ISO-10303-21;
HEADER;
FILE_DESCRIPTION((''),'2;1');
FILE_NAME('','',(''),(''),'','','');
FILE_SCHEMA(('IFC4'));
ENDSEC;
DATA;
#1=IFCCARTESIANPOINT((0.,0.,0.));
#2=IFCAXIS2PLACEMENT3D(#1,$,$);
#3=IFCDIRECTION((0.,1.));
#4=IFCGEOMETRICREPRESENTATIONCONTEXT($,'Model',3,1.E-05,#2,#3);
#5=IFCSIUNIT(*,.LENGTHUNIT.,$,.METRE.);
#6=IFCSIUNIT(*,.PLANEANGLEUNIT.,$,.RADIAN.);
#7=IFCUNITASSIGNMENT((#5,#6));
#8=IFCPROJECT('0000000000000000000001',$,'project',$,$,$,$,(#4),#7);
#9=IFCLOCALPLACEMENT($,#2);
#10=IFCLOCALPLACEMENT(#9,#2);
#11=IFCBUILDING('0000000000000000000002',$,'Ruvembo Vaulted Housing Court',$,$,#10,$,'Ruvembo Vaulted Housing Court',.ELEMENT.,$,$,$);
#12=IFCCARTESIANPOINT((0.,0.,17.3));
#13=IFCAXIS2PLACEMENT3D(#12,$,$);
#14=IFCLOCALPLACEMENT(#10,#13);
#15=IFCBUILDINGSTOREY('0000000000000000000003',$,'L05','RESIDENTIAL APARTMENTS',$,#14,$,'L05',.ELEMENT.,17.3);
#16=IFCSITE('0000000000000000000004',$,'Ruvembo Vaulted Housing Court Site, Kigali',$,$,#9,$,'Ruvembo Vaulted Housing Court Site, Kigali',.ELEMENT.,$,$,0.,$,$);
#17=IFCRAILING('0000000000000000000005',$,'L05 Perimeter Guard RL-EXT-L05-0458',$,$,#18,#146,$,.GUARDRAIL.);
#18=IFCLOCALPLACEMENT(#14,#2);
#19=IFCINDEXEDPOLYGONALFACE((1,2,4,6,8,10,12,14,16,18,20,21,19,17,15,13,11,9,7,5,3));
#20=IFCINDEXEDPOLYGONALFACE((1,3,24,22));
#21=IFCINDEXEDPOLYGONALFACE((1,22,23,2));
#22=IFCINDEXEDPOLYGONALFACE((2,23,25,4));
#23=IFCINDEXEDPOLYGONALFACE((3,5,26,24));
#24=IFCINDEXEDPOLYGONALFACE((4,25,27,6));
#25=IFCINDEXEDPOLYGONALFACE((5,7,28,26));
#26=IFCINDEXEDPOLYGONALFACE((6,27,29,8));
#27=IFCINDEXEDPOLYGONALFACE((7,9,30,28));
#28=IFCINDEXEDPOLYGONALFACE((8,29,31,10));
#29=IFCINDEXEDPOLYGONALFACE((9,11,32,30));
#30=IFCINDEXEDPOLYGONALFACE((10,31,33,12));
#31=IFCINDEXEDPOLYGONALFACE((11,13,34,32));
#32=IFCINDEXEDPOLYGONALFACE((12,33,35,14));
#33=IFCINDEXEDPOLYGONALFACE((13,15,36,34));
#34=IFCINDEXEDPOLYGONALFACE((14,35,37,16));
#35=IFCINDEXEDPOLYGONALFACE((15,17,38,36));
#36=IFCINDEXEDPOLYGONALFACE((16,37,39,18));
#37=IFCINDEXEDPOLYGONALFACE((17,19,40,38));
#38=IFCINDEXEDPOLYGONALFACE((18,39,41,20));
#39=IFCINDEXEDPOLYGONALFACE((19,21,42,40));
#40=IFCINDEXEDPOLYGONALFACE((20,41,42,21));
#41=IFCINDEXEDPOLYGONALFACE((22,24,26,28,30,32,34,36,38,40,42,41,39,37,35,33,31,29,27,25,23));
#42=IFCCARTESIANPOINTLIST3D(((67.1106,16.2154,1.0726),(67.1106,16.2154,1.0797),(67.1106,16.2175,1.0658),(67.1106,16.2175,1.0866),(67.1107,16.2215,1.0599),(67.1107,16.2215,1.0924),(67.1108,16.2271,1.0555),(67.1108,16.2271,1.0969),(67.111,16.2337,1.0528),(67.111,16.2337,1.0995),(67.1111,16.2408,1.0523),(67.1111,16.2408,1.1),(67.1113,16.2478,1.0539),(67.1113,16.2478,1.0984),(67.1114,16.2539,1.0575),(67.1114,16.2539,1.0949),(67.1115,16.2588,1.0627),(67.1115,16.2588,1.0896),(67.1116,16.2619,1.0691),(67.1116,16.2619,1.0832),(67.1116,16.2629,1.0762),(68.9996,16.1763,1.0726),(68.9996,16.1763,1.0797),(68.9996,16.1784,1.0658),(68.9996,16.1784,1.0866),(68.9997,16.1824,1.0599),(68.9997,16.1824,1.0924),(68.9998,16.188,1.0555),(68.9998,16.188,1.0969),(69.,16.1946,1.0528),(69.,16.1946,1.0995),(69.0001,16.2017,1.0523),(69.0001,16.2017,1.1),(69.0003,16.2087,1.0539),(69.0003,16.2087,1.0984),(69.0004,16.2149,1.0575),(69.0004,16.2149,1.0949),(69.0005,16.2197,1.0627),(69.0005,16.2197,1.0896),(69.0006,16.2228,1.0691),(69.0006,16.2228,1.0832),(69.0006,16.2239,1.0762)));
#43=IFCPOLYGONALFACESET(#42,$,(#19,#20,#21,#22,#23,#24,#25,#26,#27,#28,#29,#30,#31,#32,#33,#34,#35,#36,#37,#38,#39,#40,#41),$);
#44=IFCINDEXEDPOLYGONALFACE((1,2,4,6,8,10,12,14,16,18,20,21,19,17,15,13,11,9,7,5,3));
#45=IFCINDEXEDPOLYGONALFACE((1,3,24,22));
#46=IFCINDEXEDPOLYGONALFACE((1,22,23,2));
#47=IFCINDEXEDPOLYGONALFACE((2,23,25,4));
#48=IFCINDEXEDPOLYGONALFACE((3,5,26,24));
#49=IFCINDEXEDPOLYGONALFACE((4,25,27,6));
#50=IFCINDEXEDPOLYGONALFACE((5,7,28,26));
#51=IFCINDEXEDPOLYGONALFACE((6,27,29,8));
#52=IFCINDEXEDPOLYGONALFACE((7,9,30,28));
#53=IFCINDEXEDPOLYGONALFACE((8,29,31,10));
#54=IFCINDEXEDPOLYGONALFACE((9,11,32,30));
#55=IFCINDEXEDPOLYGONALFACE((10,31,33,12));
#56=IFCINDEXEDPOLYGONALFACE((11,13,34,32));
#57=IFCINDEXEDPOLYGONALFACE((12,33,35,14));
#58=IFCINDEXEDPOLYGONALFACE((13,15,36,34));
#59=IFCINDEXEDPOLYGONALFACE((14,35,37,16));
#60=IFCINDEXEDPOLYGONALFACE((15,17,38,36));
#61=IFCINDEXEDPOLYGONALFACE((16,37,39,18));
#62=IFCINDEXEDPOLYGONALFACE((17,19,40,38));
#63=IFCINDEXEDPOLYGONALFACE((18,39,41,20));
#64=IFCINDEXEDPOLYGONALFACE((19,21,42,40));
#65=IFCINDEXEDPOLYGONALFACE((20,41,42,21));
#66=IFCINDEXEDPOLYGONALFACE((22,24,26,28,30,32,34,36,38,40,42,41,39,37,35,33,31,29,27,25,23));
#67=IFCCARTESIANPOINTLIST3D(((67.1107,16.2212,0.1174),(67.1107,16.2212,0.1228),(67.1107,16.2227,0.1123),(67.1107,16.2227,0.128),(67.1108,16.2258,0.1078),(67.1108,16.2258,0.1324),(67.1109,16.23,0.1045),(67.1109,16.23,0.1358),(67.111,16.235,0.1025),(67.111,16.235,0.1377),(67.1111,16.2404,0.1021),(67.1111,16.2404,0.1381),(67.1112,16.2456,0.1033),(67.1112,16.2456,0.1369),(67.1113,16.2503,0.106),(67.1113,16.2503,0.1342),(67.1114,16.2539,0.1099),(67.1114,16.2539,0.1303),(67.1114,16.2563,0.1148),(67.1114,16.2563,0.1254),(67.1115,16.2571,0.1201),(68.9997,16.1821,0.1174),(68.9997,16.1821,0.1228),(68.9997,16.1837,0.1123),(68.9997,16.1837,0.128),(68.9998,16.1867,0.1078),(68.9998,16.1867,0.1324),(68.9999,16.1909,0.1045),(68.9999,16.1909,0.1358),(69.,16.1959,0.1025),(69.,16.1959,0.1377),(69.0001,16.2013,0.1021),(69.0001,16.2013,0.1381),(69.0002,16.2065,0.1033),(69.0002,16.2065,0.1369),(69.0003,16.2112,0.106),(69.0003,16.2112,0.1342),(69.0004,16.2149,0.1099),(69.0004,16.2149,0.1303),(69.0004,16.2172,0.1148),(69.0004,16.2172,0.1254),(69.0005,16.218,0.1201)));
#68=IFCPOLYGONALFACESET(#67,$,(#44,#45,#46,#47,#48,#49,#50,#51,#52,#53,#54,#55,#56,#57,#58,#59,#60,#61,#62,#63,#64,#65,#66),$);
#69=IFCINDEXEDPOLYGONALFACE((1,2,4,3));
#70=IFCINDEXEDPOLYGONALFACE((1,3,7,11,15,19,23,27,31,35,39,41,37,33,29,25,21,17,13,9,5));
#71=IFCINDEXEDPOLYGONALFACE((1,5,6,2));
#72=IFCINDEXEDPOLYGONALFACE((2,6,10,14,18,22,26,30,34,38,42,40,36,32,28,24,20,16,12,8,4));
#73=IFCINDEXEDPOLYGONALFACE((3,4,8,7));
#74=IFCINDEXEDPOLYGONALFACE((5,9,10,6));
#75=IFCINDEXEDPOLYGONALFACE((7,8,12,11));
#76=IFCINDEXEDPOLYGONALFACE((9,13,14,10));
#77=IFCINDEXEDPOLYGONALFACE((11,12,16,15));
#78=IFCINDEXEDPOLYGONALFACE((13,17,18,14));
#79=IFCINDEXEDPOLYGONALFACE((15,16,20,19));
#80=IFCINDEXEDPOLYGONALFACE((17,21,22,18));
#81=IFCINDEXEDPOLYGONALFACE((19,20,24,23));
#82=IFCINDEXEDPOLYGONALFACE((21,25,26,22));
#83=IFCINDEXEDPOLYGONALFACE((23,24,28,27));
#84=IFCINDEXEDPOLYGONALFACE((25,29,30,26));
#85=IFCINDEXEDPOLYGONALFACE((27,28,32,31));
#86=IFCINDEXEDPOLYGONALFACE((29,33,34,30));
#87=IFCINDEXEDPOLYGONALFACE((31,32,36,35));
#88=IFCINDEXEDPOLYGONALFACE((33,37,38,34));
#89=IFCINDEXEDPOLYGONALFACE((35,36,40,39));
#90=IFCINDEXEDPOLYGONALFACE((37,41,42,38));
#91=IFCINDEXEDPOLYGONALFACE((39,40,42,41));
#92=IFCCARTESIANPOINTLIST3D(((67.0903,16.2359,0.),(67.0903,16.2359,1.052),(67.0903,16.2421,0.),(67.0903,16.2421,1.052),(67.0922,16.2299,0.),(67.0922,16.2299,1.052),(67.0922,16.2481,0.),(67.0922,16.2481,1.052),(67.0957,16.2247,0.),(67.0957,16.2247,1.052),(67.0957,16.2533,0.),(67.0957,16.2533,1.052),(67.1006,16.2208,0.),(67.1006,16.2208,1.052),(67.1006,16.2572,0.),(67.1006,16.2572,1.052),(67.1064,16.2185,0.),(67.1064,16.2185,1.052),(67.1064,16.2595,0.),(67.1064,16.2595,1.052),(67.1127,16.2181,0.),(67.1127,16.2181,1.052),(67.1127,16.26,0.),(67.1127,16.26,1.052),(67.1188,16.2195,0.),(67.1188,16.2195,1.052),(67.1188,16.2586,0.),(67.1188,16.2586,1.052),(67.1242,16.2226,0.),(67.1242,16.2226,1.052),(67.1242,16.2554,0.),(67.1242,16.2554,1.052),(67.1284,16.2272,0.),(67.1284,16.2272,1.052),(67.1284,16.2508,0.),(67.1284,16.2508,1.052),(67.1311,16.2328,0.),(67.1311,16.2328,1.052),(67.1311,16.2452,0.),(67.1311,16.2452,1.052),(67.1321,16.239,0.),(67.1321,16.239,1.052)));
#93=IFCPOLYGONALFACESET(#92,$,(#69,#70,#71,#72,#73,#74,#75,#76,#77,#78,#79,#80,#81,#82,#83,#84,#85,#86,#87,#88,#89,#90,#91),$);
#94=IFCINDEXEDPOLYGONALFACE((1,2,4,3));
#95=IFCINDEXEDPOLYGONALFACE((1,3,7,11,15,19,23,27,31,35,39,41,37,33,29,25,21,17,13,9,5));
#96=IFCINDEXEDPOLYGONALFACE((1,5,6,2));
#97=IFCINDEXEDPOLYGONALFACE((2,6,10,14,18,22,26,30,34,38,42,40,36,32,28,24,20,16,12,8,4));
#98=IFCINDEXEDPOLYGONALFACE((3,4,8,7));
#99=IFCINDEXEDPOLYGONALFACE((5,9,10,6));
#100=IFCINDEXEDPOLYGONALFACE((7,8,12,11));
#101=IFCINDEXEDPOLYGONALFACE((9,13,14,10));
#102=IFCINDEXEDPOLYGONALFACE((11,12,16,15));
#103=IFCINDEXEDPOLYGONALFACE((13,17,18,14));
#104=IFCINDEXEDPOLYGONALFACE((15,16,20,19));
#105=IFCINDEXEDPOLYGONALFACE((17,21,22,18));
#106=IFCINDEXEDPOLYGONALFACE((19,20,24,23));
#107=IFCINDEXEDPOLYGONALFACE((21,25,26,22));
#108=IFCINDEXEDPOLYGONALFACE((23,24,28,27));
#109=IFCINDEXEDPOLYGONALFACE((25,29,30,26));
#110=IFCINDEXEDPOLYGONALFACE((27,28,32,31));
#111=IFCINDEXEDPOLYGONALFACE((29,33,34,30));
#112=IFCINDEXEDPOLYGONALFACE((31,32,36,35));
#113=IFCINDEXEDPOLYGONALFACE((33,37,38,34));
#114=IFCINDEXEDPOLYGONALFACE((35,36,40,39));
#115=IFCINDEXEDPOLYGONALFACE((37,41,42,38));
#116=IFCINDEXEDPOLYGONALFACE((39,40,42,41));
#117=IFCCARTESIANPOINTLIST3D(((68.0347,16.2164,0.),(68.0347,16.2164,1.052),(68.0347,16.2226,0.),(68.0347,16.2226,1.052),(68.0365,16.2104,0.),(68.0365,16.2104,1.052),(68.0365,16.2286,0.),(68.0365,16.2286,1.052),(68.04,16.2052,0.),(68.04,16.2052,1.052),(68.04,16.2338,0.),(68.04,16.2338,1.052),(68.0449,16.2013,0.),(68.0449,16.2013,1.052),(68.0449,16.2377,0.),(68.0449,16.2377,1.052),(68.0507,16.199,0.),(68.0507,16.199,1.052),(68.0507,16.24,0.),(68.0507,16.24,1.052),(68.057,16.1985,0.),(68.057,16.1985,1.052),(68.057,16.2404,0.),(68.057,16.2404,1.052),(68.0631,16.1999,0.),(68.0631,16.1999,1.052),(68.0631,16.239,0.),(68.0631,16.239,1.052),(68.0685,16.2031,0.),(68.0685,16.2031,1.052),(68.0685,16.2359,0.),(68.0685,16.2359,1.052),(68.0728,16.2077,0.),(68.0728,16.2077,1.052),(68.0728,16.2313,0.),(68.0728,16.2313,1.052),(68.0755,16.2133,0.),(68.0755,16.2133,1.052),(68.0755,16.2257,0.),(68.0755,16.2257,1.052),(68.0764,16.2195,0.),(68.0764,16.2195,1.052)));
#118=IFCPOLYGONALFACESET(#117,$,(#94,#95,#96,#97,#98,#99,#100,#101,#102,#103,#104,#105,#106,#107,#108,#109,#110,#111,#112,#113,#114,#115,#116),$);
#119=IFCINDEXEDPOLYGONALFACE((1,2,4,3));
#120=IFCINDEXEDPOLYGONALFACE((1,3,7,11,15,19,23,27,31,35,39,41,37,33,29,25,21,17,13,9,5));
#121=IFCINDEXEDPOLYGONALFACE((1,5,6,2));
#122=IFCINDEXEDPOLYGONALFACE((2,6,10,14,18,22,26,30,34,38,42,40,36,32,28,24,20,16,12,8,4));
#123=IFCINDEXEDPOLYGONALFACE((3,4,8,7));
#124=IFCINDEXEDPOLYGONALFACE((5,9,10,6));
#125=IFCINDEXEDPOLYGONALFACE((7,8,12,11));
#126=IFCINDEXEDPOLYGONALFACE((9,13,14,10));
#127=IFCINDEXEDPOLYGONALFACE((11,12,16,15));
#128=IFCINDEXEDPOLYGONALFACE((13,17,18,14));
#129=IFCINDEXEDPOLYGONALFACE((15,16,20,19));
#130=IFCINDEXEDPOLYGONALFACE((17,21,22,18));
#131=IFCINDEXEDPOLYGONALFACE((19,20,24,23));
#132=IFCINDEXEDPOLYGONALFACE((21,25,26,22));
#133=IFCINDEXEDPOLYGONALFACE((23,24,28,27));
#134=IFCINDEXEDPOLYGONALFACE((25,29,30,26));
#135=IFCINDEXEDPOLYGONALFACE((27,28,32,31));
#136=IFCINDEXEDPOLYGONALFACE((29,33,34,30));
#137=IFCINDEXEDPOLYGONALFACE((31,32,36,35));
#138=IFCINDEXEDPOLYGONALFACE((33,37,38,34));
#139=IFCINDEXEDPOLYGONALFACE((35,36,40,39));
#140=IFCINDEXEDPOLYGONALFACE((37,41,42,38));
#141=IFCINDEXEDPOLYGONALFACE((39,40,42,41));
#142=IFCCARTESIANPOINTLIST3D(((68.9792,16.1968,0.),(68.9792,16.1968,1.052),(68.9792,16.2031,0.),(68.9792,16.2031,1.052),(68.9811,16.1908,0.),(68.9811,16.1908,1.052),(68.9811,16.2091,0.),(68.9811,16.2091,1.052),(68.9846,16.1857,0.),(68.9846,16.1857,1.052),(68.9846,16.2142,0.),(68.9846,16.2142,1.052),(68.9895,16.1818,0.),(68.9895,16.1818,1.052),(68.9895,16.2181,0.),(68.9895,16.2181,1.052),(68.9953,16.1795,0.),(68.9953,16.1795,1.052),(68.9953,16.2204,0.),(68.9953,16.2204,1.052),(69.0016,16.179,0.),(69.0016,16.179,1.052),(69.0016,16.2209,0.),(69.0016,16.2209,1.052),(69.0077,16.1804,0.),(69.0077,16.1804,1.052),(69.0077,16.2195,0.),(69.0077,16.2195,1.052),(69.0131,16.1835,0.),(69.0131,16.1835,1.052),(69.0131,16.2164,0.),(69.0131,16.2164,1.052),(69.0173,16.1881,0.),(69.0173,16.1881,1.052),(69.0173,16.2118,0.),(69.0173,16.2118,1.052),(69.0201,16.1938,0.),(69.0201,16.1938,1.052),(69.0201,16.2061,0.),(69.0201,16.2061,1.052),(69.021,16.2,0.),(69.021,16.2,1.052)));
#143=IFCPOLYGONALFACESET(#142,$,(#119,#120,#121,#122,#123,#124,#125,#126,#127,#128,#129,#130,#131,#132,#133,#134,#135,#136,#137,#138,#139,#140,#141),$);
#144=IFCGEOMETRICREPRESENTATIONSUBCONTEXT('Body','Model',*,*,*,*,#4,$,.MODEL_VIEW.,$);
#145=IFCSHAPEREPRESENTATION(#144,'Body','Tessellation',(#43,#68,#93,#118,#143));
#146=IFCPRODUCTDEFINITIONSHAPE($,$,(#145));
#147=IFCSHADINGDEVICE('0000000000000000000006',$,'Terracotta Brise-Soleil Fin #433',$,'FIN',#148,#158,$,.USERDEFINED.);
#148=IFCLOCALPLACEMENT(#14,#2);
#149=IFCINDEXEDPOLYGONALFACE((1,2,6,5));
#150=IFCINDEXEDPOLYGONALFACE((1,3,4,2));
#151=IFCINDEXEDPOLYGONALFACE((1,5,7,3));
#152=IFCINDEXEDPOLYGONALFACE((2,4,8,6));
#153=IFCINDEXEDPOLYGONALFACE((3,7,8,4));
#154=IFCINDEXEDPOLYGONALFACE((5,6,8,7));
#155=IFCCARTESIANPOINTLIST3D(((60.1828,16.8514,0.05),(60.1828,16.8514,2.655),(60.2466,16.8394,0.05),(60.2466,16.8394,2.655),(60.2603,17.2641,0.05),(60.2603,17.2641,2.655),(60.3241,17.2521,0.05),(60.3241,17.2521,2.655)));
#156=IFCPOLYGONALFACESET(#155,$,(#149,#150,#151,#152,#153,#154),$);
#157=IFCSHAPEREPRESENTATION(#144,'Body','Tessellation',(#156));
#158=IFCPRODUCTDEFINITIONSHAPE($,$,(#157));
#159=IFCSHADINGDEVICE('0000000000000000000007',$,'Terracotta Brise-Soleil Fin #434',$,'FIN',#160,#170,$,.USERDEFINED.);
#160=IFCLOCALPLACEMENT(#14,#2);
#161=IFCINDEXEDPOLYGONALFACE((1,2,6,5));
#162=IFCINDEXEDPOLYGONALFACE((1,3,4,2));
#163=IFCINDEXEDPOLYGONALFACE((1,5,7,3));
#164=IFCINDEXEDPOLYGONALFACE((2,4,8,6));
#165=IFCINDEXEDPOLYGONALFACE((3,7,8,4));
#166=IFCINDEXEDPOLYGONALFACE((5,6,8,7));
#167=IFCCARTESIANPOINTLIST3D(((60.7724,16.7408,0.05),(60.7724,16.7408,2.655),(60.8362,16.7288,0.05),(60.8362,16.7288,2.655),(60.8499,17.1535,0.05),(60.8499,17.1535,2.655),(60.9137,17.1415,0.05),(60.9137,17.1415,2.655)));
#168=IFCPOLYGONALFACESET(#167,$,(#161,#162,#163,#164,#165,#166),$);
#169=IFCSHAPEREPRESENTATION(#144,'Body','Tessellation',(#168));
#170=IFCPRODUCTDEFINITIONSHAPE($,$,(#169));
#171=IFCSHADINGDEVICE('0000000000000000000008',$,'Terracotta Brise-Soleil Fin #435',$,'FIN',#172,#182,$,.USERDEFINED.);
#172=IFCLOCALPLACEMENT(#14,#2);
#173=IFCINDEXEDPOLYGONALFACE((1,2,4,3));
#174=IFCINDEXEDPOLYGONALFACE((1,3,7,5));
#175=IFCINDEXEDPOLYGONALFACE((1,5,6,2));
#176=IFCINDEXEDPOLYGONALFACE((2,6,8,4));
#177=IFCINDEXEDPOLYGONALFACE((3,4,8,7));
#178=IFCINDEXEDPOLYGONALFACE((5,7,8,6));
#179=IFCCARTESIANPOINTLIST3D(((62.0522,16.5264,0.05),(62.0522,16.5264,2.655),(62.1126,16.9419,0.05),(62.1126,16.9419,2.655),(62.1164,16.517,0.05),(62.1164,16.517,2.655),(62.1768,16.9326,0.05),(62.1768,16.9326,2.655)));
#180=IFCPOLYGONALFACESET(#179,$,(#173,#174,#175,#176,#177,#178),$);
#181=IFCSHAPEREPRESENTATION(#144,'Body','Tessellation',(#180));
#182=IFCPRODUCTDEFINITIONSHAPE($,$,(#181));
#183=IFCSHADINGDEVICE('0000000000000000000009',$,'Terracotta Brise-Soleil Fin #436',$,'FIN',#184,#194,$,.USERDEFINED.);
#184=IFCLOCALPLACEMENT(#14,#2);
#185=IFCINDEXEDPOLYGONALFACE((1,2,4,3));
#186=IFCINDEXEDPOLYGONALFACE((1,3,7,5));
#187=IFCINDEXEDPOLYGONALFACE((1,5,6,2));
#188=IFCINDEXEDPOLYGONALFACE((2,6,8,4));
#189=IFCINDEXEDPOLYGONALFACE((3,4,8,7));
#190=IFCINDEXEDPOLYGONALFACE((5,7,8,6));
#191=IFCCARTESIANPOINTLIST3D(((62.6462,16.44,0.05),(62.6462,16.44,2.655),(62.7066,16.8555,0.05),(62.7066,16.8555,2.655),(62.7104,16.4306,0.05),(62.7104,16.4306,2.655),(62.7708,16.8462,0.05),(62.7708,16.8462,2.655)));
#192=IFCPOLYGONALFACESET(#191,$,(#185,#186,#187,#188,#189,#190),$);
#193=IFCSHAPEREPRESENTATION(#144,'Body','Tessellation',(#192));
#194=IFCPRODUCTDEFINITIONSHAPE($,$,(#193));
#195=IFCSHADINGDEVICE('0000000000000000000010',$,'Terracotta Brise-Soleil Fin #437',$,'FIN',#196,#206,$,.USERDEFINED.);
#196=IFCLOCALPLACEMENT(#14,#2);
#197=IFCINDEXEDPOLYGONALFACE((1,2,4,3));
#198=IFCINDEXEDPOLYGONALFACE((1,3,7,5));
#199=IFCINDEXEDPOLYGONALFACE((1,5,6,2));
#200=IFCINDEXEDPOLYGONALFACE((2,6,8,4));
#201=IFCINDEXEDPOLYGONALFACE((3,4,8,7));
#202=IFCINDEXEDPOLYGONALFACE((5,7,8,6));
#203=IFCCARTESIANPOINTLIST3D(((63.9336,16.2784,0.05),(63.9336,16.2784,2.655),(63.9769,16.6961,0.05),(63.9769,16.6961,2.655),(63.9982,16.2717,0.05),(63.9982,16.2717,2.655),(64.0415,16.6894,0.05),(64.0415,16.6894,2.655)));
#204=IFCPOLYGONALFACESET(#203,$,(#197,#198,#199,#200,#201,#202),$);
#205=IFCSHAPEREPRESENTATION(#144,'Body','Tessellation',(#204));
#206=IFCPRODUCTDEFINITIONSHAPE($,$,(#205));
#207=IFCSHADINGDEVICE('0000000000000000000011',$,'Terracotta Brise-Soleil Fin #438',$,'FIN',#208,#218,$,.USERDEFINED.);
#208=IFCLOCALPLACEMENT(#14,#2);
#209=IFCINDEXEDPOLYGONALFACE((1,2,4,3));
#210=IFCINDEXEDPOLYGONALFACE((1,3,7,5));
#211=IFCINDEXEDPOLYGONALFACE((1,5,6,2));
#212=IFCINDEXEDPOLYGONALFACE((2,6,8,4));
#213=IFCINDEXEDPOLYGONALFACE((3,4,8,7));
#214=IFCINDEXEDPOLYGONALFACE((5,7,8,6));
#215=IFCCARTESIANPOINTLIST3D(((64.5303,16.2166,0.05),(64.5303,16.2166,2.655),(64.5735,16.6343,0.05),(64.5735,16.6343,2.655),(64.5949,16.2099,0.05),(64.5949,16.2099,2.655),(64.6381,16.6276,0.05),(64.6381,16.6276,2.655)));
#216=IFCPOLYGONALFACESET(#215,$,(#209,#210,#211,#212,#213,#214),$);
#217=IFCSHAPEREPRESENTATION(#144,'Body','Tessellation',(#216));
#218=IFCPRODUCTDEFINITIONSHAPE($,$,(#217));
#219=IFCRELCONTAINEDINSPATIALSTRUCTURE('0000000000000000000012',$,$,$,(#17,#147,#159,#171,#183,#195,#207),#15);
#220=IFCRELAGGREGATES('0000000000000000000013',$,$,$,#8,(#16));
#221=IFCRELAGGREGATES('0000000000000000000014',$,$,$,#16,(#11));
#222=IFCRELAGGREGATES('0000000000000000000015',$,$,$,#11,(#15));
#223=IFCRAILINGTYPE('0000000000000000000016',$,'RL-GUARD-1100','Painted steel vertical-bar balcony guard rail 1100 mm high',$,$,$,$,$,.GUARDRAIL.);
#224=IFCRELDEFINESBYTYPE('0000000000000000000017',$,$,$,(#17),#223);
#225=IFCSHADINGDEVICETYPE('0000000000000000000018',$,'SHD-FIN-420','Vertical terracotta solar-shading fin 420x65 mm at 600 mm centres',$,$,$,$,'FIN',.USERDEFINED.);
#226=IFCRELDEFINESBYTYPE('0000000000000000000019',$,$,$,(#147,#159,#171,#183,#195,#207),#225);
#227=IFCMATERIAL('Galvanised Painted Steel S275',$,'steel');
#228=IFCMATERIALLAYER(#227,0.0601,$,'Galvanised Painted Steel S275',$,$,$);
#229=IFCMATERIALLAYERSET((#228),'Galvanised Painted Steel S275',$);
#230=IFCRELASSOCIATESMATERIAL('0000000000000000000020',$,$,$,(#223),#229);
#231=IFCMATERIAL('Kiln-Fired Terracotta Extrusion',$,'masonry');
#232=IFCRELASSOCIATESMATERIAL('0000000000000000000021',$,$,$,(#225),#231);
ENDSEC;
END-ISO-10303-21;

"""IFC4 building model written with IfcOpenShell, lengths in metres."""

from ifc_helpers import new_model, si_unit, direction, frame, origin, origin_2d, place, context, subcontext, project, spatial, rectangle, circle, extrude, material, layer, layer_set, type_object, element, save


model = new_model("IFC4")

# Units and contexts
model_context = context("Model", 3, precision=1e-05, world=origin(), true_north=direction((0.0, 1.0)))
body_context = subcontext(model_context, "Body", "Model", "MODEL_VIEW")
ifc_project = project(units=[si_unit("LENGTHUNIT", "METRE"), si_unit("PLANEANGLEUNIT", "RADIAN")], contexts=[model_context])

# Site, building, storey
site_placement = place(None, origin())
site = spatial("IfcSite", under=ifc_project, at=site_placement, Name="Ruvembo Vaulted Housing Court Site, Kigali", LongName="Ruvembo Vaulted Housing Court Site, Kigali", CompositionType="ELEMENT", RefElevation=0.0)
building_placement = place(site_placement, origin())
building = spatial("IfcBuilding", under=site, at=building_placement, Name="Ruvembo Vaulted Housing Court", LongName="Ruvembo Vaulted Housing Court", CompositionType="ELEMENT")
storey_placement = place(building_placement, frame((0.0, 0.0, 17.3)))
storey = spatial("IfcBuildingStorey", under=building, at=storey_placement, Name="L05", Description="RESIDENTIAL APARTMENTS", LongName="L05", CompositionType="ELEMENT", Elevation=17.3)

# Railing
ifc_material_1 = material(Name="Galvanised Painted Steel S275", Category="steel")
ifc_layer = layer(ifc_material_1, 0.0601, Name="Galvanised Painted Steel S275")
ifc_layer_set = layer_set([ifc_layer], Name="Galvanised Painted Steel S275")
railing_type = type_object("IfcRailingType", Name="RL-GUARD-1100", Description="Painted steel vertical-bar balcony guard rail 1100 mm high", PredefinedType="GUARDRAIL", material=ifc_layer_set)
railing_1_placement = place(storey_placement, frame((67.1111, 16.239, 0.0)))
element("IfcRailing", 1, at=railing_1_placement, inside=storey, type_object=railing_type, Name="L05 Perimeter Guard RL-EXT-L05-0458", PredefinedType="GUARDRAIL", context=body_context, shape_type="SweptSolid", body=[
    extrude(circle(Radius=0.0239, at=origin_2d()), frame((0.0, 0.0, 1.0762), z_axis=(0.999786, -0.020675, 0.0), x_axis=(0.020675, 0.999786, 0.0)), (0.0, 0.0, 1.0), 1.8894),
    extrude(circle(Radius=0.0181, at=origin_2d()), frame((0.0, 0.0, 0.1201), z_axis=(0.999786, -0.020675, 0.0), x_axis=(0.020675, 0.999786, 0.0)), (0.0, 0.0, 1.0), 1.8894),
    extrude(circle(Radius=0.021, at=origin_2d()), origin(), (0.0, 0.0, 1.0), 1.052),
    extrude(circle(Radius=0.021, at=origin_2d()), frame((0.9443, -0.0195, 0.0)), (0.0, 0.0, 1.0), 1.052),
    extrude(circle(Radius=0.021, at=origin_2d()), frame((1.8889, -0.0391, 0.0)), (0.0, 0.0, 1.0), 1.052),
])

# Shading devices
ifc_material_2 = material(Name="Kiln-Fired Terracotta Extrusion", Category="masonry")
shading_device_type = type_object("IfcShadingDeviceType", Name="SHD-FIN-420", Description="Vertical terracotta solar-shading fin 420x65 mm at 600 mm centres", ElementType="FIN", PredefinedType="USERDEFINED", material=ifc_material_2)
for number, where, z_axis, x_axis, name in (
    (2, (60.2534, 17.0518, 0.05), (0.0, 0.0, 1.0), (-0.184569, -0.98282, 0.0), "Terracotta Brise-Soleil Fin #433"),
    (3, (60.843, 16.9412, 0.05), (0.0, 0.0, 1.0), (-0.184569, -0.98282, 0.0), "Terracotta Brise-Soleil Fin #434"),
    (4, (62.1145, 16.7295, 0.05), (0.0, 0.0, 1.0), (-0.143873, -0.989596, 0.0), "Terracotta Brise-Soleil Fin #435"),
    (5, (62.7085, 16.6431, 0.05), (0.0, 0.0, 1.0), (-0.143873, -0.989596, 0.0), "Terracotta Brise-Soleil Fin #436"),
    (6, (63.9875, 16.4839, 0.05), (0.0, 0.0, 1.0), (-0.102949, -0.994687, 0.0), "Terracotta Brise-Soleil Fin #437"),
    (7, (64.5842, 16.4221, 0.05), (0.0, 0.0, 1.0), (-0.102949, -0.994687, 0.0), "Terracotta Brise-Soleil Fin #438"),
):
    element("IfcShadingDevice", number, at=place(storey_placement, frame(where, z_axis=z_axis, x_axis=x_axis)), inside=storey, type_object=shading_device_type, Name=name, ObjectType="FIN", PredefinedType="USERDEFINED", context=body_context, shape_type="SweptSolid", body=[
        extrude(rectangle(XDim=0.4199, YDim=0.0649, at=origin_2d()), origin(), (0.0, 0.0, 1.0), 2.605),
    ])

save(model, "model.ifc")
